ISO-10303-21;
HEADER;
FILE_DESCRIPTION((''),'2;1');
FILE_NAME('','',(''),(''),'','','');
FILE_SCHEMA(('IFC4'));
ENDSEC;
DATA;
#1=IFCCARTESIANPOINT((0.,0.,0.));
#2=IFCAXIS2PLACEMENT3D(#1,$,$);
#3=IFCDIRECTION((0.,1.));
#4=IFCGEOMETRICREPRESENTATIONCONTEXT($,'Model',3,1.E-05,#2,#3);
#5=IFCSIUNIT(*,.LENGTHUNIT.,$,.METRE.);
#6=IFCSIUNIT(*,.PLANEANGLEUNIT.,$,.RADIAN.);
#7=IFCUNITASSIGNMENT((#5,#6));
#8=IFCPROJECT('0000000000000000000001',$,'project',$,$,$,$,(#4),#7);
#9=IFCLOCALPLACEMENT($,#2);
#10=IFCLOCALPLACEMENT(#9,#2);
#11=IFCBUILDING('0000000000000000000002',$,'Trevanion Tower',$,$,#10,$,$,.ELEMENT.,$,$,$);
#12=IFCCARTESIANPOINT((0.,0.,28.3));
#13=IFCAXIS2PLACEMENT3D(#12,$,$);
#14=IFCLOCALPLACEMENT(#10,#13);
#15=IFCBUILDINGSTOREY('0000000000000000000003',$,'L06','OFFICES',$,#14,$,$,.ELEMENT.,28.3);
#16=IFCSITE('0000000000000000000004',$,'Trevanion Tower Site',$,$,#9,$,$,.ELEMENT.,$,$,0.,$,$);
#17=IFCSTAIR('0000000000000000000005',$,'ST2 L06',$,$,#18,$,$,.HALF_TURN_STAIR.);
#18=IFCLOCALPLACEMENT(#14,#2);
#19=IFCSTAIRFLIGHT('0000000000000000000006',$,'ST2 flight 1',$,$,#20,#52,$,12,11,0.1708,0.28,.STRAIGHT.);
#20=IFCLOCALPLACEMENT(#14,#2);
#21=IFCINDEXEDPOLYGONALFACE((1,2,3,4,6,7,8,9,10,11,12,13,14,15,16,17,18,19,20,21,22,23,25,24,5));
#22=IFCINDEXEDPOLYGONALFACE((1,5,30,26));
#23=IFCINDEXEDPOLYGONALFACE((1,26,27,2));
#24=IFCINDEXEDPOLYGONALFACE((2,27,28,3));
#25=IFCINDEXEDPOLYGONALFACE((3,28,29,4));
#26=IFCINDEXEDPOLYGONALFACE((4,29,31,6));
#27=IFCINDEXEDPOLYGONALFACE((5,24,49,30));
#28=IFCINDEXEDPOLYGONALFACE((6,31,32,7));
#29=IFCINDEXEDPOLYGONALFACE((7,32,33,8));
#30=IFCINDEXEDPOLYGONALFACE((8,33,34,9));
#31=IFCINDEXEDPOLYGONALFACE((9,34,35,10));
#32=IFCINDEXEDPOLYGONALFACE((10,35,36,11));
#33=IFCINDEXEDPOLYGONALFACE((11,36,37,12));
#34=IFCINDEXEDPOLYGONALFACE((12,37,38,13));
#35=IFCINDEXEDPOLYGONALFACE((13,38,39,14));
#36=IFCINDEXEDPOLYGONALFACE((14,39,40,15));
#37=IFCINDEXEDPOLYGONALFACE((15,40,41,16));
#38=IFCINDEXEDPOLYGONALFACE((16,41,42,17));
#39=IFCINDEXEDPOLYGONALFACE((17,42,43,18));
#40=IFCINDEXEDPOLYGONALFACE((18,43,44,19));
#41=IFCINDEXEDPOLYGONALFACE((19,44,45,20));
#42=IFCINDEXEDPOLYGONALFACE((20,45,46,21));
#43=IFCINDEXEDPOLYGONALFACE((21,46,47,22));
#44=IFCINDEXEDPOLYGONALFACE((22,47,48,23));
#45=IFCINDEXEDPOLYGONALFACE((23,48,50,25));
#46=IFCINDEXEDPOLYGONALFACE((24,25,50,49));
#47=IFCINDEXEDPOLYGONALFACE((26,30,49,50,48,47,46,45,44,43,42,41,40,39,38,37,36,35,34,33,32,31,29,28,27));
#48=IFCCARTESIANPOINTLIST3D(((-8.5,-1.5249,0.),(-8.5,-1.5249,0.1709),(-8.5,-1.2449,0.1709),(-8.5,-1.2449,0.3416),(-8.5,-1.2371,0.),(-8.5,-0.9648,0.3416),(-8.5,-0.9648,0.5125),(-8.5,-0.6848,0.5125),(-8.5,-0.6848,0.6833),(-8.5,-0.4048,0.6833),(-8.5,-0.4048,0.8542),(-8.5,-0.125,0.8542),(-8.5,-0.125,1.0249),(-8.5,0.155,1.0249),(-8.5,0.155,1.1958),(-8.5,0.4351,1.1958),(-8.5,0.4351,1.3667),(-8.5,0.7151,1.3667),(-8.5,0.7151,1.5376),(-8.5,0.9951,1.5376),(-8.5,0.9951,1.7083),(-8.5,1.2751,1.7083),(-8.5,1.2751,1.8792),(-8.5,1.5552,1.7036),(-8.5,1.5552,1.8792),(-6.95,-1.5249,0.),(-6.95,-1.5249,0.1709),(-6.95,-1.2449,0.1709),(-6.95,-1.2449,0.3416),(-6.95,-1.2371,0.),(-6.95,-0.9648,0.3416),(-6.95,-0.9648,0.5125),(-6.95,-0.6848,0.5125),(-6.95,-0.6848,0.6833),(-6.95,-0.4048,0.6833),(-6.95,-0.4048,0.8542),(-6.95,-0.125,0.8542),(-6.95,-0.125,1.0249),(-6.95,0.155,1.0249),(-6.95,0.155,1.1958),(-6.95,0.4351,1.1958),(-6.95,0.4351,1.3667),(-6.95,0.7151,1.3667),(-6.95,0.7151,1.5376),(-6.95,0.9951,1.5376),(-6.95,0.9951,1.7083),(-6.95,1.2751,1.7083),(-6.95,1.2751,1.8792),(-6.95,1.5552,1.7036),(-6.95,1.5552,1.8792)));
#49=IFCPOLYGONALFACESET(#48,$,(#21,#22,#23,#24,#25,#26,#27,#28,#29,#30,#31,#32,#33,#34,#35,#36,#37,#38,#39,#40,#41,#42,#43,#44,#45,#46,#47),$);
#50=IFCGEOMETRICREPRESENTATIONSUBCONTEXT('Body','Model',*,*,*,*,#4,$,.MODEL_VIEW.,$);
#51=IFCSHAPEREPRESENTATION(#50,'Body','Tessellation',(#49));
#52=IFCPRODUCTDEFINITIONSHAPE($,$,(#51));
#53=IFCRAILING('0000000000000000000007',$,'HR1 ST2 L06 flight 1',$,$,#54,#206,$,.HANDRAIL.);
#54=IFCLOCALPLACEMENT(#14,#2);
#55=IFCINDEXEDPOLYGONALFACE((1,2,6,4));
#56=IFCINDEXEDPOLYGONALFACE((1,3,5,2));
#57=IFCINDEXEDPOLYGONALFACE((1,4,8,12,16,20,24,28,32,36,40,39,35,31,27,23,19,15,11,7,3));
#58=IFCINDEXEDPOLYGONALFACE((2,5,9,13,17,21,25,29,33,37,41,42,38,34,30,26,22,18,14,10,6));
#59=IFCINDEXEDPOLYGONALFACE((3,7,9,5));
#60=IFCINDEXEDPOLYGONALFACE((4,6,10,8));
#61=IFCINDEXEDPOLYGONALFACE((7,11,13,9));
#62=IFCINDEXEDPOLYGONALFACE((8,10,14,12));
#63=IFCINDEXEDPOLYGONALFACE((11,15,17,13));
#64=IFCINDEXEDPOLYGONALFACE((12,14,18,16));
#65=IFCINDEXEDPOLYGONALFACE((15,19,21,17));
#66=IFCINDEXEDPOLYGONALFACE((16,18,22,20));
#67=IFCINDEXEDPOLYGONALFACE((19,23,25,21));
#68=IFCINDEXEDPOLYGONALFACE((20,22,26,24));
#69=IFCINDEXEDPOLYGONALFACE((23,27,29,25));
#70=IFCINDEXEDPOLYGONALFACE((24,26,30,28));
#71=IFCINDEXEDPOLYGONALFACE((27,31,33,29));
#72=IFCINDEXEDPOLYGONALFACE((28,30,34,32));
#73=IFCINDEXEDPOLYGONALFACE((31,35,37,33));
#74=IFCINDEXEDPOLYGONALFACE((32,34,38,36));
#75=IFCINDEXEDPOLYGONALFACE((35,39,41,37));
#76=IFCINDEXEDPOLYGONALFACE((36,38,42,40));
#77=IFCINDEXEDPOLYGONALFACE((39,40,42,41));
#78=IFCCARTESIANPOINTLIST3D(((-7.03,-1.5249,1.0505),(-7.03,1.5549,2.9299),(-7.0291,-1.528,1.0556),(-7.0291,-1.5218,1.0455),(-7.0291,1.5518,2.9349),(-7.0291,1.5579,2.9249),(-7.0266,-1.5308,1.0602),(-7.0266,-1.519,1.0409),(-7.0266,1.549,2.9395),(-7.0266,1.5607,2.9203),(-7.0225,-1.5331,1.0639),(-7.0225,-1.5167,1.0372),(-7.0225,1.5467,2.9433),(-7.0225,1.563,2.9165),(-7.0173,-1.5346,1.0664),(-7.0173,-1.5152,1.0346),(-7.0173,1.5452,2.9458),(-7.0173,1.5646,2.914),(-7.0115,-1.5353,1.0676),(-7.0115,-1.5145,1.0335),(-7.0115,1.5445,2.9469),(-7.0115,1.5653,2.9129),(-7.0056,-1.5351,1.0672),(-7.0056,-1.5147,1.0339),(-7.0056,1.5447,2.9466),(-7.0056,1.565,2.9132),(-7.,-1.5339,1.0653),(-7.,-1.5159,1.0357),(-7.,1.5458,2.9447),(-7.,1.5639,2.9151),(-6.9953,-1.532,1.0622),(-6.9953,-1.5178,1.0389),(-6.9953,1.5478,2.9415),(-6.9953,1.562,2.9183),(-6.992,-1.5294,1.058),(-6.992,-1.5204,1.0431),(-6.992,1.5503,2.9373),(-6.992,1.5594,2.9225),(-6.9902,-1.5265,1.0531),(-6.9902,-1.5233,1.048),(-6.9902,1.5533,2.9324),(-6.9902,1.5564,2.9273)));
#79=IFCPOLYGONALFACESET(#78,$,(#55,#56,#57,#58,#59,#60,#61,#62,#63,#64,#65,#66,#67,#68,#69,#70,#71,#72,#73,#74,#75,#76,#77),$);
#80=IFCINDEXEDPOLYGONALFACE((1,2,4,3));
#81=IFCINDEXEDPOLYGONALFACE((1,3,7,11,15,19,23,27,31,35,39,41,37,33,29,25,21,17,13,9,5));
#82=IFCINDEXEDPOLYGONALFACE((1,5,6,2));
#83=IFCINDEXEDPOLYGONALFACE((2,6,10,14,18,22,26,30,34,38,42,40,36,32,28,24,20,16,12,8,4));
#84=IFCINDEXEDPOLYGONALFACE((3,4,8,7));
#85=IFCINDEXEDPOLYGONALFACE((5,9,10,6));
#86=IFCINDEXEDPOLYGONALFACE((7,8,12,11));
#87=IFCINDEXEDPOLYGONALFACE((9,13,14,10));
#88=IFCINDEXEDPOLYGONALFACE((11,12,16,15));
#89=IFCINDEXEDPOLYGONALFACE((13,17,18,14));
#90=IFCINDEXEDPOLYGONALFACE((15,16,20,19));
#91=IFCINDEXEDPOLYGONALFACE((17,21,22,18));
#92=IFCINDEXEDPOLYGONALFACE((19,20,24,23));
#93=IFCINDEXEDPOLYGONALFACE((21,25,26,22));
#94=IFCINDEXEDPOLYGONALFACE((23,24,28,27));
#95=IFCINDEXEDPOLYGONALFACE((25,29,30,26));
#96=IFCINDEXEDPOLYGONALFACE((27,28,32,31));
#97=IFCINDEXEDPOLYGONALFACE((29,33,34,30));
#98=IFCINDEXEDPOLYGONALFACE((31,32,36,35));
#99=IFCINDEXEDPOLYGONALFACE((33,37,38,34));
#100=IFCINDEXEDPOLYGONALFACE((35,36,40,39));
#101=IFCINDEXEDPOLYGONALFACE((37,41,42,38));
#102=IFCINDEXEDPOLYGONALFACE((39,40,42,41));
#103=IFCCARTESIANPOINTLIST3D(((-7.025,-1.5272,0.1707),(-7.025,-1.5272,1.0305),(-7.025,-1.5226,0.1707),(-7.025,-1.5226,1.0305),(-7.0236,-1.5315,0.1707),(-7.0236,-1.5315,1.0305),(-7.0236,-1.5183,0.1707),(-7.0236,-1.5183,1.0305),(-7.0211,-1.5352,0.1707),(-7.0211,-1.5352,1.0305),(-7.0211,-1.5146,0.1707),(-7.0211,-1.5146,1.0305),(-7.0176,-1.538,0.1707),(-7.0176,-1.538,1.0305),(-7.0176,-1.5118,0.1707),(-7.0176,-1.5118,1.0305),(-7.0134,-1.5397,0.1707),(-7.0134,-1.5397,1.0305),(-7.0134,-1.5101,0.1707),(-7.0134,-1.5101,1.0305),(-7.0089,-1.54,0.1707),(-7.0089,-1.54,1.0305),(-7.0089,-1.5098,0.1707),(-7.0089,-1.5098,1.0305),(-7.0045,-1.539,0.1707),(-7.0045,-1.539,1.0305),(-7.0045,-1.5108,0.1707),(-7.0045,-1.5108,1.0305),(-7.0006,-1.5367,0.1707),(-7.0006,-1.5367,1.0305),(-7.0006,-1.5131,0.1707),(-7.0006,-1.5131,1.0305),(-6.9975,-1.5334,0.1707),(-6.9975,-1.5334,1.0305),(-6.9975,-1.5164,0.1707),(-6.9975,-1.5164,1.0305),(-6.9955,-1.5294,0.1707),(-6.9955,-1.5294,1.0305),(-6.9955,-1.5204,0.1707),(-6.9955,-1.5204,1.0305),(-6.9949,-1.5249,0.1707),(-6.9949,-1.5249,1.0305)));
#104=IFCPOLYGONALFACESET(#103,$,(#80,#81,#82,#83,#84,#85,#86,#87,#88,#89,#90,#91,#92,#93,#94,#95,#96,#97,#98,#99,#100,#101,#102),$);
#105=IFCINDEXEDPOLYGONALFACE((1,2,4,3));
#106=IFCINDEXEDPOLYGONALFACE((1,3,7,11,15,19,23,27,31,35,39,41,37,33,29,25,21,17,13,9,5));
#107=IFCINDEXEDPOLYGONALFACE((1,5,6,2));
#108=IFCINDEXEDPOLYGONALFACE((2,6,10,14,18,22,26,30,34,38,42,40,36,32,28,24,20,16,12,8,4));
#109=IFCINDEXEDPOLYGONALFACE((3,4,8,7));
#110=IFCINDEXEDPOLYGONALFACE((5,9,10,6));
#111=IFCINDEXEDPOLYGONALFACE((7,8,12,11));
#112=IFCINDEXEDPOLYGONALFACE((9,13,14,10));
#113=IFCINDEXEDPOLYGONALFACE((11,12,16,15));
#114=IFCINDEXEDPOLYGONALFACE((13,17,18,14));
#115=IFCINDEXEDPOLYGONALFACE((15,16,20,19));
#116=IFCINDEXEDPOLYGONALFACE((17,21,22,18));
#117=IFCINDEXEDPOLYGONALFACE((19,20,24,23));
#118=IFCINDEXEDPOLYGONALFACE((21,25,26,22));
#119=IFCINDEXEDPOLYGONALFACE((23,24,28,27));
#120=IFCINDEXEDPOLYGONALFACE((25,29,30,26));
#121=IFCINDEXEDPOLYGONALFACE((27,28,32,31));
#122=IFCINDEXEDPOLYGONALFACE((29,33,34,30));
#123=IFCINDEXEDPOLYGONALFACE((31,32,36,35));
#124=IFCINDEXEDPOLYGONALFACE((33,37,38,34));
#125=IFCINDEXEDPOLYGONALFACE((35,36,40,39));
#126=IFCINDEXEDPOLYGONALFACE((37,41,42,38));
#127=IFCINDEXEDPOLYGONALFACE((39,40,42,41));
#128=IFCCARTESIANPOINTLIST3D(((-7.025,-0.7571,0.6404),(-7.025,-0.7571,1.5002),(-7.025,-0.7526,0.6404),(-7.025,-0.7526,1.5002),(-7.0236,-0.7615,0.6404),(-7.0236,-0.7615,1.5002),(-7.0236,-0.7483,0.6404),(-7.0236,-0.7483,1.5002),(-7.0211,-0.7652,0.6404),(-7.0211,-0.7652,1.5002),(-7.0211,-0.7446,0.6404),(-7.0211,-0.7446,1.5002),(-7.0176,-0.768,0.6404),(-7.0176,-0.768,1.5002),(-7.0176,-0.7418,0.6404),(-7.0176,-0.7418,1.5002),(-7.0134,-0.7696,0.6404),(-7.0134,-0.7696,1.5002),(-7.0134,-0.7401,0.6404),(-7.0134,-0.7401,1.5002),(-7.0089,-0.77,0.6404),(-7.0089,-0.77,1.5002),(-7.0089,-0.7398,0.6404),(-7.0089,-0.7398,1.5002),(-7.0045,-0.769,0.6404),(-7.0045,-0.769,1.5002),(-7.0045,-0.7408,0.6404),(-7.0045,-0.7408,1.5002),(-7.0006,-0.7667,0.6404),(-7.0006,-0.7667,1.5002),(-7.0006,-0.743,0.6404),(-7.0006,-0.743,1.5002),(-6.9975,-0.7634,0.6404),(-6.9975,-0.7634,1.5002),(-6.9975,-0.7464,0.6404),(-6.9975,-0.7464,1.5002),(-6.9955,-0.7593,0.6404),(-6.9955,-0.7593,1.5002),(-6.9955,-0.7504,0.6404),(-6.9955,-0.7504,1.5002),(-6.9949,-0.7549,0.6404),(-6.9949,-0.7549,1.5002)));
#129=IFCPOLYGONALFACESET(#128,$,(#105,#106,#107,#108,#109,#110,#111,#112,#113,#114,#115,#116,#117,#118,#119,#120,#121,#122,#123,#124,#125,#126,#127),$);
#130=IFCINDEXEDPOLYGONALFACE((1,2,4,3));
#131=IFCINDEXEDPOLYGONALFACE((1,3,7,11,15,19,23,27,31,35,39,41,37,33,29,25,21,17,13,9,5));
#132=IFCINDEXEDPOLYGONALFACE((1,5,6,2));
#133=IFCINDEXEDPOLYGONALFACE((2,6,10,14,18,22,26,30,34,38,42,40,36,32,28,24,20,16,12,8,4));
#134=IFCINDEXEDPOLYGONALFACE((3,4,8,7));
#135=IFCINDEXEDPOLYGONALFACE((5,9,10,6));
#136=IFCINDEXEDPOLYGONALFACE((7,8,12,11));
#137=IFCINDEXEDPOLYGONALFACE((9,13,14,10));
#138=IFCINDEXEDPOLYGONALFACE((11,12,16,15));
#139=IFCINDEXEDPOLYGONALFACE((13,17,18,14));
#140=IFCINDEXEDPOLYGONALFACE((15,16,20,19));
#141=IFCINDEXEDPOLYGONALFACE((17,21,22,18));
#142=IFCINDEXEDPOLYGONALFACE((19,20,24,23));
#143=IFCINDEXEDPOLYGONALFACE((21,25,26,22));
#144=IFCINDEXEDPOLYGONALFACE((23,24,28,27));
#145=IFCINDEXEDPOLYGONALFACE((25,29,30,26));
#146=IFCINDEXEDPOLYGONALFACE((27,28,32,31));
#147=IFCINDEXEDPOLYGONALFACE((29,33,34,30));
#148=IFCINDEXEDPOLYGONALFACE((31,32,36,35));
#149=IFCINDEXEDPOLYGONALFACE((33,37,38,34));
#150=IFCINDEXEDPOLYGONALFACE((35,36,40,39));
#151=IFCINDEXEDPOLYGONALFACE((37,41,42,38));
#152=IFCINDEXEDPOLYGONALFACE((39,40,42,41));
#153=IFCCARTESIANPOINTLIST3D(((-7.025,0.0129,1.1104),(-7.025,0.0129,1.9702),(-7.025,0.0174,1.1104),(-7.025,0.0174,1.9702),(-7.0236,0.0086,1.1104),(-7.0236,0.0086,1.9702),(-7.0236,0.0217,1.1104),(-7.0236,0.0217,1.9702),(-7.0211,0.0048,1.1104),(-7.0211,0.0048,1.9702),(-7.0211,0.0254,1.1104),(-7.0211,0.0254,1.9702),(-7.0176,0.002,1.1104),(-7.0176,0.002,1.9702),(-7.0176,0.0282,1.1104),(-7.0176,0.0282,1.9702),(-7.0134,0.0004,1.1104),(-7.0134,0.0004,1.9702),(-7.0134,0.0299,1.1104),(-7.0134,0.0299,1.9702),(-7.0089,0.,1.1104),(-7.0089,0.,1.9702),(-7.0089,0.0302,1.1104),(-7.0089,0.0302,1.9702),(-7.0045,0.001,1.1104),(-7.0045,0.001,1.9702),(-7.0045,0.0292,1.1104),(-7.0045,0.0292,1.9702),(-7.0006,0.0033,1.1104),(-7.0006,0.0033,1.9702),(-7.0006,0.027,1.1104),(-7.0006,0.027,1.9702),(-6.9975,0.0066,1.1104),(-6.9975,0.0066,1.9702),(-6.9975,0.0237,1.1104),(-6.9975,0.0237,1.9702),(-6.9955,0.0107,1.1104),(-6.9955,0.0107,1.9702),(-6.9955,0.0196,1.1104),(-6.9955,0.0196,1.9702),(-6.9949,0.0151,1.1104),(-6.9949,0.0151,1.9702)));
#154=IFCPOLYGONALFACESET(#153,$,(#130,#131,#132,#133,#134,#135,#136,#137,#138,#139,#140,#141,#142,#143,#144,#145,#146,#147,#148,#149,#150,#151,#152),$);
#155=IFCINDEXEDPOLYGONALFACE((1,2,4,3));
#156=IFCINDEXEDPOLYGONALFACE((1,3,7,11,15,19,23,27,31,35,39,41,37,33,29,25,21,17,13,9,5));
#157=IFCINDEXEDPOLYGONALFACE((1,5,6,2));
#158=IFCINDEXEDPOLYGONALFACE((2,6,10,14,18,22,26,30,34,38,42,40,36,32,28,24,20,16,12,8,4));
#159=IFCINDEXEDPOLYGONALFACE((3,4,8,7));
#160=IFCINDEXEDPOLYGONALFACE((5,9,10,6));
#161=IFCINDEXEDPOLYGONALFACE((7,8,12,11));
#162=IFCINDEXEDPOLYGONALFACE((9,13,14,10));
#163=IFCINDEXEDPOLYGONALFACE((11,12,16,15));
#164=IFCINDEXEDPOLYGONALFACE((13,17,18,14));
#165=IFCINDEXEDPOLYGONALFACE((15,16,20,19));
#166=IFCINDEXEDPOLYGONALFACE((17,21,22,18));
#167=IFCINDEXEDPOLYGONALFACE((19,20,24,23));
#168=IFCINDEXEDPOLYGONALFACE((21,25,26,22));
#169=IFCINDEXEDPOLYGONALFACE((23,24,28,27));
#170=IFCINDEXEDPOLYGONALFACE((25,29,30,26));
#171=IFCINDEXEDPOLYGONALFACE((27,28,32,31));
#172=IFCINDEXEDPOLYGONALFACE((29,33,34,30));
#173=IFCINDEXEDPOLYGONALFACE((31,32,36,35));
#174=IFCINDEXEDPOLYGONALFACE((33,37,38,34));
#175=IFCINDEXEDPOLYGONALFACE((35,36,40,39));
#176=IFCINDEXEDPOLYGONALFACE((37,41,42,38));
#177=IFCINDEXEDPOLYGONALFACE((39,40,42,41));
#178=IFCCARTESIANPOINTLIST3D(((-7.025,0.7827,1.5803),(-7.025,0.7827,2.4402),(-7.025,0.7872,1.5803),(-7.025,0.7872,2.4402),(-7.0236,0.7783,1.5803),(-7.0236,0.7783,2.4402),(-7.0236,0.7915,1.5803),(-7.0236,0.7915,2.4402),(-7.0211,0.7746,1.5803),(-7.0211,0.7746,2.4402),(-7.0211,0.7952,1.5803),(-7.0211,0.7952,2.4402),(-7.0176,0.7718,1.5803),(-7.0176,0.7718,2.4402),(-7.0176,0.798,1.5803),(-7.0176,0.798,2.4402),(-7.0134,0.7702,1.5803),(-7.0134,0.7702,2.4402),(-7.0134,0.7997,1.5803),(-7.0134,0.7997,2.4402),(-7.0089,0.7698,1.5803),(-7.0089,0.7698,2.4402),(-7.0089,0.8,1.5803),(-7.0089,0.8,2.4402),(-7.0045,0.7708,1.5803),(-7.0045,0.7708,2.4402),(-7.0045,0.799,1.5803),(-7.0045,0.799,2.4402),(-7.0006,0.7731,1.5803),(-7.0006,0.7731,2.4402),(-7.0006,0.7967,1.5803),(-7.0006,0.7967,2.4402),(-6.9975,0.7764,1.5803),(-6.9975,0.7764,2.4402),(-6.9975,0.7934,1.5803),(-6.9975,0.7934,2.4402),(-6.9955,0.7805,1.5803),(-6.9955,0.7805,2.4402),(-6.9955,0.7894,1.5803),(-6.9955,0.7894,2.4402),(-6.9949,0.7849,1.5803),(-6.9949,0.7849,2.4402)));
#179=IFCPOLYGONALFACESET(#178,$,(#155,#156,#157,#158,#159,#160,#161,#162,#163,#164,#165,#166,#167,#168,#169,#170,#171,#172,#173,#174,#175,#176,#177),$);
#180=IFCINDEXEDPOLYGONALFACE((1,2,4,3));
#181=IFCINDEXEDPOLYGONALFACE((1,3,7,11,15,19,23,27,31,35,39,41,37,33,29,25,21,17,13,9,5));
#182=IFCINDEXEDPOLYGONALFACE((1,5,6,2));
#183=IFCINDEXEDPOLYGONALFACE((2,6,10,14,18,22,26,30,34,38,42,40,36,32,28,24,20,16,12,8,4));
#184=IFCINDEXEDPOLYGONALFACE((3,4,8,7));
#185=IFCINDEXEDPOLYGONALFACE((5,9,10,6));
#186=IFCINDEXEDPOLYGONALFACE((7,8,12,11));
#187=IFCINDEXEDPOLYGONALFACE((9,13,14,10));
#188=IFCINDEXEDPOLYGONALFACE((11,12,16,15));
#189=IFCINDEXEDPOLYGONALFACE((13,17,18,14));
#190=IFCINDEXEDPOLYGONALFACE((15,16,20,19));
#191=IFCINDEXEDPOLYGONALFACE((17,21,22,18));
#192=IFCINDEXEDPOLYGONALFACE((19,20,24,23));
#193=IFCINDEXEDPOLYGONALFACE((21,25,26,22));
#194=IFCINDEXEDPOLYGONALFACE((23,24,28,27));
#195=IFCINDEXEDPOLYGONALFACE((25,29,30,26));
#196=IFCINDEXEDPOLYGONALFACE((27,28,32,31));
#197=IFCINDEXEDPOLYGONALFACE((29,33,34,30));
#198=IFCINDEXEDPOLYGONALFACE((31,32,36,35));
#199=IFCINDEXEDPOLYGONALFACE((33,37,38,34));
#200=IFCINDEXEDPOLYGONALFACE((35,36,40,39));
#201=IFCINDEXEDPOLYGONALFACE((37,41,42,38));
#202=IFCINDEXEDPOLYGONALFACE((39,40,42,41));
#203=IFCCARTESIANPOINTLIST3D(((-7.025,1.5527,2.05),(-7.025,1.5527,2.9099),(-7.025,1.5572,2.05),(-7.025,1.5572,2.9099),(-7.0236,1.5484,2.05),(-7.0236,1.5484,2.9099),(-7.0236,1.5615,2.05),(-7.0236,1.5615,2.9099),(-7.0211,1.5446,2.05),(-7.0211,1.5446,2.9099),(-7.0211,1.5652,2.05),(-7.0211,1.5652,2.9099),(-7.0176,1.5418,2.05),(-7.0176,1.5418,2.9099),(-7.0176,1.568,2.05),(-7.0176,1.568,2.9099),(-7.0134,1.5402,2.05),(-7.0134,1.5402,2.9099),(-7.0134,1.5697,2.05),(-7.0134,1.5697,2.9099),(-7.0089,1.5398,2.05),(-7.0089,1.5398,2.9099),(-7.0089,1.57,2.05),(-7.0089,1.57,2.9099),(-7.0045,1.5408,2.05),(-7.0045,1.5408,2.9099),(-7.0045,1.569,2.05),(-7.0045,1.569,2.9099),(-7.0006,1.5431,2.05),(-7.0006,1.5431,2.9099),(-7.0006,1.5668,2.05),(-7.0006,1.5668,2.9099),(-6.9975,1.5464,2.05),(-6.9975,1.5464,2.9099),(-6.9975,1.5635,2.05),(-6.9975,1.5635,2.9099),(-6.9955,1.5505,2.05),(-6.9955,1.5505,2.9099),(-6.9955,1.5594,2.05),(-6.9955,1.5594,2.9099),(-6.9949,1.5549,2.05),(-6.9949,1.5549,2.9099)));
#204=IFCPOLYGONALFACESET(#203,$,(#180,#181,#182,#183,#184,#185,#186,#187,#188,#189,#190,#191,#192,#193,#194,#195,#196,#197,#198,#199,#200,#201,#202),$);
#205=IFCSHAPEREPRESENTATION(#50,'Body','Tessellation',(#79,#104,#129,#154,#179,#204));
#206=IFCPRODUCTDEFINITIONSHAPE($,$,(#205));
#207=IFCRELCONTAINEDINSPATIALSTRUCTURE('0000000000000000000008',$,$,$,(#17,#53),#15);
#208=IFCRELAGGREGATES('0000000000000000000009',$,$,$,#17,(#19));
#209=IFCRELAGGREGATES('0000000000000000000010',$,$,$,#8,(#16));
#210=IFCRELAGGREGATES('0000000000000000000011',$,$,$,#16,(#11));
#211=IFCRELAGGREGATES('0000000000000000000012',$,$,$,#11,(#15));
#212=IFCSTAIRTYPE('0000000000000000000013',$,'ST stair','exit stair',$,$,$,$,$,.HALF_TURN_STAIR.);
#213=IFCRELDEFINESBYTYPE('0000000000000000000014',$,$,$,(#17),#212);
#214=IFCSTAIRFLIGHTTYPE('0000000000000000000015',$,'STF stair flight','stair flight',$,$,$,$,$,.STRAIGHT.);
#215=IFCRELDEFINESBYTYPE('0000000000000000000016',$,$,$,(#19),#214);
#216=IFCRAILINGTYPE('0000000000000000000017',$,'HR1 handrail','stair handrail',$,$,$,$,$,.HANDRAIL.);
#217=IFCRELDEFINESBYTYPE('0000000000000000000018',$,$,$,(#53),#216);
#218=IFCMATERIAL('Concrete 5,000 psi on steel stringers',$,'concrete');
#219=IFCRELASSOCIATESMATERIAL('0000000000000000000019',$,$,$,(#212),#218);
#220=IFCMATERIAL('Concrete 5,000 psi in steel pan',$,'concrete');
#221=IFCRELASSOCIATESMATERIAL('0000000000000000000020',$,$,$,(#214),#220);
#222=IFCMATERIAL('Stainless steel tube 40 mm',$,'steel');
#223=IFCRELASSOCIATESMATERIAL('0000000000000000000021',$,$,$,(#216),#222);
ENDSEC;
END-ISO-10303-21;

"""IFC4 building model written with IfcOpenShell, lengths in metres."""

from ifc_helpers import new_model, si_unit, direction, frame, origin, origin_2d, place, context, subcontext, project, spatial, polyline, circle, outline, extrude, material, type_object, element, aggregate, save


model = new_model("IFC4")

# Units and contexts
model_context = context("Model", 3, precision=1e-05, world=origin(), true_north=direction((0.0, 1.0)))
body_context = subcontext(model_context, "Body", "Model", "MODEL_VIEW")
ifc_project = project(units=[si_unit("LENGTHUNIT", "METRE"), si_unit("PLANEANGLEUNIT", "RADIAN")], contexts=[model_context])

# Site, building, storey
site_placement = place(None, origin())
site = spatial("IfcSite", under=ifc_project, at=site_placement, Name="Trevanion Tower Site", CompositionType="ELEMENT", RefElevation=0.0)
building_placement = place(site_placement, origin())
building = spatial("IfcBuilding", under=site, at=building_placement, Name="Trevanion Tower", CompositionType="ELEMENT")
storey_placement = place(building_placement, frame((0.0, 0.0, 28.3)))
storey = spatial("IfcBuildingStorey", under=building, at=storey_placement, Name="L06", Description="OFFICES", CompositionType="ELEMENT", Elevation=28.3)

# Stair, stair flight
ifc_material_1 = material(Name="Concrete 5,000 psi on steel stringers", Category="concrete")
stair_type = type_object("IfcStairType", Name="ST stair", Description="exit stair", PredefinedType="HALF_TURN_STAIR", material=ifc_material_1)
stair_placement = place(storey_placement, origin())
stair = element("IfcStair", 1, at=stair_placement, inside=storey, type_object=stair_type, Name="ST2 L06", PredefinedType="HALF_TURN_STAIR")
ifc_material_2 = material(Name="Concrete 5,000 psi in steel pan", Category="concrete")
stair_flight_type = type_object("IfcStairFlightType", Name="STF stair flight", Description="stair flight", PredefinedType="STRAIGHT", material=ifc_material_2)
stair_flight_placement = place(storey_placement, frame((-7.7251, -1.5249, 0.0), z_axis=(0.0, 0.0, 1.0), x_axis=(0.0, 1.0, 0.0)))
stair_flight = element("IfcStairFlight", 2, at=stair_flight_placement, type_object=stair_flight_type, Name="ST2 flight 1", NumberOfRisers=12, NumberOfTreads=11, PredefinedType="STRAIGHT", RiserHeight=0.1708, TreadLength=0.28, context=body_context, shape_type="SweptSolid", body=[
    extrude(outline(polyline([(0.0, 0.0), (0.0, 0.1709), (0.28, 0.1709), (0.28, 0.3416), (0.5601, 0.3416), (0.5601, 0.5125), (0.8401, 0.5125), (0.8401, 0.6833), (1.1201, 0.6833), (1.1201, 0.8542), (1.3999, 0.8542), (1.3999, 1.0249), (1.6799, 1.0249), (1.6799, 1.1958), (1.96, 1.1958), (1.96, 1.3667), (2.24, 1.3667), (2.24, 1.5376), (2.52, 1.5376), (2.52, 1.7083), (2.8, 1.7083), (2.8, 1.8792), (3.0801, 1.8792), (3.0801, 2.05), (3.0801, 1.7036), (0.2878, 0.0), (0.0, 0.0)])), frame((0.0, 0.7749, 0.0), z_axis=(0.0, -1.0, 0.0), x_axis=(1.0, 0.0, 0.0)), (0.0, 0.0, 1.0), 1.55),
])
aggregate(stair, [stair_flight])

# Railing
ifc_material_3 = material(Name="Stainless steel tube 40 mm", Category="steel")
railing_type = type_object("IfcRailingType", Name="HR1 handrail", Description="stair handrail", PredefinedType="HANDRAIL", material=ifc_material_3)
for number, where, name in (
    (3, (-7.01, -1.5249, 0.1707), "HR1 ST2 L06 flight 1"),
):
    element("IfcRailing", number, at=place(storey_placement, frame(where)), inside=storey, type_object=railing_type, Name=name, PredefinedType="HANDRAIL", context=body_context, shape_type="SweptSolid", body=[
        extrude(circle(Radius=0.02, at=origin_2d()), frame((0.0, 0.0, 0.8799), z_axis=(0.0, 0.853618, 0.5209), x_axis=(-1.0, 0.0, 0.0)), (0.0, 0.0, 1.0), 3.6079),
        extrude(circle(Radius=0.0151, at=origin_2d()), origin(), (0.0, 0.0, 1.0), 0.8599),
        extrude(circle(Radius=0.0151, at=origin_2d()), frame((0.0, 0.77, 0.4697)), (0.0, 0.0, 1.0), 0.8599),
        extrude(circle(Radius=0.0151, at=origin_2d()), frame((0.0, 1.54, 0.9397)), (0.0, 0.0, 1.0), 0.8599),
        extrude(circle(Radius=0.0151, at=origin_2d()), frame((0.0, 2.3098, 1.4097)), (0.0, 0.0, 1.0), 0.8599),
        extrude(circle(Radius=0.0151, at=origin_2d()), frame((0.0, 3.0798, 1.8794)), (0.0, 0.0, 1.0), 0.8599),
    ])

save(model, "model.ifc")
